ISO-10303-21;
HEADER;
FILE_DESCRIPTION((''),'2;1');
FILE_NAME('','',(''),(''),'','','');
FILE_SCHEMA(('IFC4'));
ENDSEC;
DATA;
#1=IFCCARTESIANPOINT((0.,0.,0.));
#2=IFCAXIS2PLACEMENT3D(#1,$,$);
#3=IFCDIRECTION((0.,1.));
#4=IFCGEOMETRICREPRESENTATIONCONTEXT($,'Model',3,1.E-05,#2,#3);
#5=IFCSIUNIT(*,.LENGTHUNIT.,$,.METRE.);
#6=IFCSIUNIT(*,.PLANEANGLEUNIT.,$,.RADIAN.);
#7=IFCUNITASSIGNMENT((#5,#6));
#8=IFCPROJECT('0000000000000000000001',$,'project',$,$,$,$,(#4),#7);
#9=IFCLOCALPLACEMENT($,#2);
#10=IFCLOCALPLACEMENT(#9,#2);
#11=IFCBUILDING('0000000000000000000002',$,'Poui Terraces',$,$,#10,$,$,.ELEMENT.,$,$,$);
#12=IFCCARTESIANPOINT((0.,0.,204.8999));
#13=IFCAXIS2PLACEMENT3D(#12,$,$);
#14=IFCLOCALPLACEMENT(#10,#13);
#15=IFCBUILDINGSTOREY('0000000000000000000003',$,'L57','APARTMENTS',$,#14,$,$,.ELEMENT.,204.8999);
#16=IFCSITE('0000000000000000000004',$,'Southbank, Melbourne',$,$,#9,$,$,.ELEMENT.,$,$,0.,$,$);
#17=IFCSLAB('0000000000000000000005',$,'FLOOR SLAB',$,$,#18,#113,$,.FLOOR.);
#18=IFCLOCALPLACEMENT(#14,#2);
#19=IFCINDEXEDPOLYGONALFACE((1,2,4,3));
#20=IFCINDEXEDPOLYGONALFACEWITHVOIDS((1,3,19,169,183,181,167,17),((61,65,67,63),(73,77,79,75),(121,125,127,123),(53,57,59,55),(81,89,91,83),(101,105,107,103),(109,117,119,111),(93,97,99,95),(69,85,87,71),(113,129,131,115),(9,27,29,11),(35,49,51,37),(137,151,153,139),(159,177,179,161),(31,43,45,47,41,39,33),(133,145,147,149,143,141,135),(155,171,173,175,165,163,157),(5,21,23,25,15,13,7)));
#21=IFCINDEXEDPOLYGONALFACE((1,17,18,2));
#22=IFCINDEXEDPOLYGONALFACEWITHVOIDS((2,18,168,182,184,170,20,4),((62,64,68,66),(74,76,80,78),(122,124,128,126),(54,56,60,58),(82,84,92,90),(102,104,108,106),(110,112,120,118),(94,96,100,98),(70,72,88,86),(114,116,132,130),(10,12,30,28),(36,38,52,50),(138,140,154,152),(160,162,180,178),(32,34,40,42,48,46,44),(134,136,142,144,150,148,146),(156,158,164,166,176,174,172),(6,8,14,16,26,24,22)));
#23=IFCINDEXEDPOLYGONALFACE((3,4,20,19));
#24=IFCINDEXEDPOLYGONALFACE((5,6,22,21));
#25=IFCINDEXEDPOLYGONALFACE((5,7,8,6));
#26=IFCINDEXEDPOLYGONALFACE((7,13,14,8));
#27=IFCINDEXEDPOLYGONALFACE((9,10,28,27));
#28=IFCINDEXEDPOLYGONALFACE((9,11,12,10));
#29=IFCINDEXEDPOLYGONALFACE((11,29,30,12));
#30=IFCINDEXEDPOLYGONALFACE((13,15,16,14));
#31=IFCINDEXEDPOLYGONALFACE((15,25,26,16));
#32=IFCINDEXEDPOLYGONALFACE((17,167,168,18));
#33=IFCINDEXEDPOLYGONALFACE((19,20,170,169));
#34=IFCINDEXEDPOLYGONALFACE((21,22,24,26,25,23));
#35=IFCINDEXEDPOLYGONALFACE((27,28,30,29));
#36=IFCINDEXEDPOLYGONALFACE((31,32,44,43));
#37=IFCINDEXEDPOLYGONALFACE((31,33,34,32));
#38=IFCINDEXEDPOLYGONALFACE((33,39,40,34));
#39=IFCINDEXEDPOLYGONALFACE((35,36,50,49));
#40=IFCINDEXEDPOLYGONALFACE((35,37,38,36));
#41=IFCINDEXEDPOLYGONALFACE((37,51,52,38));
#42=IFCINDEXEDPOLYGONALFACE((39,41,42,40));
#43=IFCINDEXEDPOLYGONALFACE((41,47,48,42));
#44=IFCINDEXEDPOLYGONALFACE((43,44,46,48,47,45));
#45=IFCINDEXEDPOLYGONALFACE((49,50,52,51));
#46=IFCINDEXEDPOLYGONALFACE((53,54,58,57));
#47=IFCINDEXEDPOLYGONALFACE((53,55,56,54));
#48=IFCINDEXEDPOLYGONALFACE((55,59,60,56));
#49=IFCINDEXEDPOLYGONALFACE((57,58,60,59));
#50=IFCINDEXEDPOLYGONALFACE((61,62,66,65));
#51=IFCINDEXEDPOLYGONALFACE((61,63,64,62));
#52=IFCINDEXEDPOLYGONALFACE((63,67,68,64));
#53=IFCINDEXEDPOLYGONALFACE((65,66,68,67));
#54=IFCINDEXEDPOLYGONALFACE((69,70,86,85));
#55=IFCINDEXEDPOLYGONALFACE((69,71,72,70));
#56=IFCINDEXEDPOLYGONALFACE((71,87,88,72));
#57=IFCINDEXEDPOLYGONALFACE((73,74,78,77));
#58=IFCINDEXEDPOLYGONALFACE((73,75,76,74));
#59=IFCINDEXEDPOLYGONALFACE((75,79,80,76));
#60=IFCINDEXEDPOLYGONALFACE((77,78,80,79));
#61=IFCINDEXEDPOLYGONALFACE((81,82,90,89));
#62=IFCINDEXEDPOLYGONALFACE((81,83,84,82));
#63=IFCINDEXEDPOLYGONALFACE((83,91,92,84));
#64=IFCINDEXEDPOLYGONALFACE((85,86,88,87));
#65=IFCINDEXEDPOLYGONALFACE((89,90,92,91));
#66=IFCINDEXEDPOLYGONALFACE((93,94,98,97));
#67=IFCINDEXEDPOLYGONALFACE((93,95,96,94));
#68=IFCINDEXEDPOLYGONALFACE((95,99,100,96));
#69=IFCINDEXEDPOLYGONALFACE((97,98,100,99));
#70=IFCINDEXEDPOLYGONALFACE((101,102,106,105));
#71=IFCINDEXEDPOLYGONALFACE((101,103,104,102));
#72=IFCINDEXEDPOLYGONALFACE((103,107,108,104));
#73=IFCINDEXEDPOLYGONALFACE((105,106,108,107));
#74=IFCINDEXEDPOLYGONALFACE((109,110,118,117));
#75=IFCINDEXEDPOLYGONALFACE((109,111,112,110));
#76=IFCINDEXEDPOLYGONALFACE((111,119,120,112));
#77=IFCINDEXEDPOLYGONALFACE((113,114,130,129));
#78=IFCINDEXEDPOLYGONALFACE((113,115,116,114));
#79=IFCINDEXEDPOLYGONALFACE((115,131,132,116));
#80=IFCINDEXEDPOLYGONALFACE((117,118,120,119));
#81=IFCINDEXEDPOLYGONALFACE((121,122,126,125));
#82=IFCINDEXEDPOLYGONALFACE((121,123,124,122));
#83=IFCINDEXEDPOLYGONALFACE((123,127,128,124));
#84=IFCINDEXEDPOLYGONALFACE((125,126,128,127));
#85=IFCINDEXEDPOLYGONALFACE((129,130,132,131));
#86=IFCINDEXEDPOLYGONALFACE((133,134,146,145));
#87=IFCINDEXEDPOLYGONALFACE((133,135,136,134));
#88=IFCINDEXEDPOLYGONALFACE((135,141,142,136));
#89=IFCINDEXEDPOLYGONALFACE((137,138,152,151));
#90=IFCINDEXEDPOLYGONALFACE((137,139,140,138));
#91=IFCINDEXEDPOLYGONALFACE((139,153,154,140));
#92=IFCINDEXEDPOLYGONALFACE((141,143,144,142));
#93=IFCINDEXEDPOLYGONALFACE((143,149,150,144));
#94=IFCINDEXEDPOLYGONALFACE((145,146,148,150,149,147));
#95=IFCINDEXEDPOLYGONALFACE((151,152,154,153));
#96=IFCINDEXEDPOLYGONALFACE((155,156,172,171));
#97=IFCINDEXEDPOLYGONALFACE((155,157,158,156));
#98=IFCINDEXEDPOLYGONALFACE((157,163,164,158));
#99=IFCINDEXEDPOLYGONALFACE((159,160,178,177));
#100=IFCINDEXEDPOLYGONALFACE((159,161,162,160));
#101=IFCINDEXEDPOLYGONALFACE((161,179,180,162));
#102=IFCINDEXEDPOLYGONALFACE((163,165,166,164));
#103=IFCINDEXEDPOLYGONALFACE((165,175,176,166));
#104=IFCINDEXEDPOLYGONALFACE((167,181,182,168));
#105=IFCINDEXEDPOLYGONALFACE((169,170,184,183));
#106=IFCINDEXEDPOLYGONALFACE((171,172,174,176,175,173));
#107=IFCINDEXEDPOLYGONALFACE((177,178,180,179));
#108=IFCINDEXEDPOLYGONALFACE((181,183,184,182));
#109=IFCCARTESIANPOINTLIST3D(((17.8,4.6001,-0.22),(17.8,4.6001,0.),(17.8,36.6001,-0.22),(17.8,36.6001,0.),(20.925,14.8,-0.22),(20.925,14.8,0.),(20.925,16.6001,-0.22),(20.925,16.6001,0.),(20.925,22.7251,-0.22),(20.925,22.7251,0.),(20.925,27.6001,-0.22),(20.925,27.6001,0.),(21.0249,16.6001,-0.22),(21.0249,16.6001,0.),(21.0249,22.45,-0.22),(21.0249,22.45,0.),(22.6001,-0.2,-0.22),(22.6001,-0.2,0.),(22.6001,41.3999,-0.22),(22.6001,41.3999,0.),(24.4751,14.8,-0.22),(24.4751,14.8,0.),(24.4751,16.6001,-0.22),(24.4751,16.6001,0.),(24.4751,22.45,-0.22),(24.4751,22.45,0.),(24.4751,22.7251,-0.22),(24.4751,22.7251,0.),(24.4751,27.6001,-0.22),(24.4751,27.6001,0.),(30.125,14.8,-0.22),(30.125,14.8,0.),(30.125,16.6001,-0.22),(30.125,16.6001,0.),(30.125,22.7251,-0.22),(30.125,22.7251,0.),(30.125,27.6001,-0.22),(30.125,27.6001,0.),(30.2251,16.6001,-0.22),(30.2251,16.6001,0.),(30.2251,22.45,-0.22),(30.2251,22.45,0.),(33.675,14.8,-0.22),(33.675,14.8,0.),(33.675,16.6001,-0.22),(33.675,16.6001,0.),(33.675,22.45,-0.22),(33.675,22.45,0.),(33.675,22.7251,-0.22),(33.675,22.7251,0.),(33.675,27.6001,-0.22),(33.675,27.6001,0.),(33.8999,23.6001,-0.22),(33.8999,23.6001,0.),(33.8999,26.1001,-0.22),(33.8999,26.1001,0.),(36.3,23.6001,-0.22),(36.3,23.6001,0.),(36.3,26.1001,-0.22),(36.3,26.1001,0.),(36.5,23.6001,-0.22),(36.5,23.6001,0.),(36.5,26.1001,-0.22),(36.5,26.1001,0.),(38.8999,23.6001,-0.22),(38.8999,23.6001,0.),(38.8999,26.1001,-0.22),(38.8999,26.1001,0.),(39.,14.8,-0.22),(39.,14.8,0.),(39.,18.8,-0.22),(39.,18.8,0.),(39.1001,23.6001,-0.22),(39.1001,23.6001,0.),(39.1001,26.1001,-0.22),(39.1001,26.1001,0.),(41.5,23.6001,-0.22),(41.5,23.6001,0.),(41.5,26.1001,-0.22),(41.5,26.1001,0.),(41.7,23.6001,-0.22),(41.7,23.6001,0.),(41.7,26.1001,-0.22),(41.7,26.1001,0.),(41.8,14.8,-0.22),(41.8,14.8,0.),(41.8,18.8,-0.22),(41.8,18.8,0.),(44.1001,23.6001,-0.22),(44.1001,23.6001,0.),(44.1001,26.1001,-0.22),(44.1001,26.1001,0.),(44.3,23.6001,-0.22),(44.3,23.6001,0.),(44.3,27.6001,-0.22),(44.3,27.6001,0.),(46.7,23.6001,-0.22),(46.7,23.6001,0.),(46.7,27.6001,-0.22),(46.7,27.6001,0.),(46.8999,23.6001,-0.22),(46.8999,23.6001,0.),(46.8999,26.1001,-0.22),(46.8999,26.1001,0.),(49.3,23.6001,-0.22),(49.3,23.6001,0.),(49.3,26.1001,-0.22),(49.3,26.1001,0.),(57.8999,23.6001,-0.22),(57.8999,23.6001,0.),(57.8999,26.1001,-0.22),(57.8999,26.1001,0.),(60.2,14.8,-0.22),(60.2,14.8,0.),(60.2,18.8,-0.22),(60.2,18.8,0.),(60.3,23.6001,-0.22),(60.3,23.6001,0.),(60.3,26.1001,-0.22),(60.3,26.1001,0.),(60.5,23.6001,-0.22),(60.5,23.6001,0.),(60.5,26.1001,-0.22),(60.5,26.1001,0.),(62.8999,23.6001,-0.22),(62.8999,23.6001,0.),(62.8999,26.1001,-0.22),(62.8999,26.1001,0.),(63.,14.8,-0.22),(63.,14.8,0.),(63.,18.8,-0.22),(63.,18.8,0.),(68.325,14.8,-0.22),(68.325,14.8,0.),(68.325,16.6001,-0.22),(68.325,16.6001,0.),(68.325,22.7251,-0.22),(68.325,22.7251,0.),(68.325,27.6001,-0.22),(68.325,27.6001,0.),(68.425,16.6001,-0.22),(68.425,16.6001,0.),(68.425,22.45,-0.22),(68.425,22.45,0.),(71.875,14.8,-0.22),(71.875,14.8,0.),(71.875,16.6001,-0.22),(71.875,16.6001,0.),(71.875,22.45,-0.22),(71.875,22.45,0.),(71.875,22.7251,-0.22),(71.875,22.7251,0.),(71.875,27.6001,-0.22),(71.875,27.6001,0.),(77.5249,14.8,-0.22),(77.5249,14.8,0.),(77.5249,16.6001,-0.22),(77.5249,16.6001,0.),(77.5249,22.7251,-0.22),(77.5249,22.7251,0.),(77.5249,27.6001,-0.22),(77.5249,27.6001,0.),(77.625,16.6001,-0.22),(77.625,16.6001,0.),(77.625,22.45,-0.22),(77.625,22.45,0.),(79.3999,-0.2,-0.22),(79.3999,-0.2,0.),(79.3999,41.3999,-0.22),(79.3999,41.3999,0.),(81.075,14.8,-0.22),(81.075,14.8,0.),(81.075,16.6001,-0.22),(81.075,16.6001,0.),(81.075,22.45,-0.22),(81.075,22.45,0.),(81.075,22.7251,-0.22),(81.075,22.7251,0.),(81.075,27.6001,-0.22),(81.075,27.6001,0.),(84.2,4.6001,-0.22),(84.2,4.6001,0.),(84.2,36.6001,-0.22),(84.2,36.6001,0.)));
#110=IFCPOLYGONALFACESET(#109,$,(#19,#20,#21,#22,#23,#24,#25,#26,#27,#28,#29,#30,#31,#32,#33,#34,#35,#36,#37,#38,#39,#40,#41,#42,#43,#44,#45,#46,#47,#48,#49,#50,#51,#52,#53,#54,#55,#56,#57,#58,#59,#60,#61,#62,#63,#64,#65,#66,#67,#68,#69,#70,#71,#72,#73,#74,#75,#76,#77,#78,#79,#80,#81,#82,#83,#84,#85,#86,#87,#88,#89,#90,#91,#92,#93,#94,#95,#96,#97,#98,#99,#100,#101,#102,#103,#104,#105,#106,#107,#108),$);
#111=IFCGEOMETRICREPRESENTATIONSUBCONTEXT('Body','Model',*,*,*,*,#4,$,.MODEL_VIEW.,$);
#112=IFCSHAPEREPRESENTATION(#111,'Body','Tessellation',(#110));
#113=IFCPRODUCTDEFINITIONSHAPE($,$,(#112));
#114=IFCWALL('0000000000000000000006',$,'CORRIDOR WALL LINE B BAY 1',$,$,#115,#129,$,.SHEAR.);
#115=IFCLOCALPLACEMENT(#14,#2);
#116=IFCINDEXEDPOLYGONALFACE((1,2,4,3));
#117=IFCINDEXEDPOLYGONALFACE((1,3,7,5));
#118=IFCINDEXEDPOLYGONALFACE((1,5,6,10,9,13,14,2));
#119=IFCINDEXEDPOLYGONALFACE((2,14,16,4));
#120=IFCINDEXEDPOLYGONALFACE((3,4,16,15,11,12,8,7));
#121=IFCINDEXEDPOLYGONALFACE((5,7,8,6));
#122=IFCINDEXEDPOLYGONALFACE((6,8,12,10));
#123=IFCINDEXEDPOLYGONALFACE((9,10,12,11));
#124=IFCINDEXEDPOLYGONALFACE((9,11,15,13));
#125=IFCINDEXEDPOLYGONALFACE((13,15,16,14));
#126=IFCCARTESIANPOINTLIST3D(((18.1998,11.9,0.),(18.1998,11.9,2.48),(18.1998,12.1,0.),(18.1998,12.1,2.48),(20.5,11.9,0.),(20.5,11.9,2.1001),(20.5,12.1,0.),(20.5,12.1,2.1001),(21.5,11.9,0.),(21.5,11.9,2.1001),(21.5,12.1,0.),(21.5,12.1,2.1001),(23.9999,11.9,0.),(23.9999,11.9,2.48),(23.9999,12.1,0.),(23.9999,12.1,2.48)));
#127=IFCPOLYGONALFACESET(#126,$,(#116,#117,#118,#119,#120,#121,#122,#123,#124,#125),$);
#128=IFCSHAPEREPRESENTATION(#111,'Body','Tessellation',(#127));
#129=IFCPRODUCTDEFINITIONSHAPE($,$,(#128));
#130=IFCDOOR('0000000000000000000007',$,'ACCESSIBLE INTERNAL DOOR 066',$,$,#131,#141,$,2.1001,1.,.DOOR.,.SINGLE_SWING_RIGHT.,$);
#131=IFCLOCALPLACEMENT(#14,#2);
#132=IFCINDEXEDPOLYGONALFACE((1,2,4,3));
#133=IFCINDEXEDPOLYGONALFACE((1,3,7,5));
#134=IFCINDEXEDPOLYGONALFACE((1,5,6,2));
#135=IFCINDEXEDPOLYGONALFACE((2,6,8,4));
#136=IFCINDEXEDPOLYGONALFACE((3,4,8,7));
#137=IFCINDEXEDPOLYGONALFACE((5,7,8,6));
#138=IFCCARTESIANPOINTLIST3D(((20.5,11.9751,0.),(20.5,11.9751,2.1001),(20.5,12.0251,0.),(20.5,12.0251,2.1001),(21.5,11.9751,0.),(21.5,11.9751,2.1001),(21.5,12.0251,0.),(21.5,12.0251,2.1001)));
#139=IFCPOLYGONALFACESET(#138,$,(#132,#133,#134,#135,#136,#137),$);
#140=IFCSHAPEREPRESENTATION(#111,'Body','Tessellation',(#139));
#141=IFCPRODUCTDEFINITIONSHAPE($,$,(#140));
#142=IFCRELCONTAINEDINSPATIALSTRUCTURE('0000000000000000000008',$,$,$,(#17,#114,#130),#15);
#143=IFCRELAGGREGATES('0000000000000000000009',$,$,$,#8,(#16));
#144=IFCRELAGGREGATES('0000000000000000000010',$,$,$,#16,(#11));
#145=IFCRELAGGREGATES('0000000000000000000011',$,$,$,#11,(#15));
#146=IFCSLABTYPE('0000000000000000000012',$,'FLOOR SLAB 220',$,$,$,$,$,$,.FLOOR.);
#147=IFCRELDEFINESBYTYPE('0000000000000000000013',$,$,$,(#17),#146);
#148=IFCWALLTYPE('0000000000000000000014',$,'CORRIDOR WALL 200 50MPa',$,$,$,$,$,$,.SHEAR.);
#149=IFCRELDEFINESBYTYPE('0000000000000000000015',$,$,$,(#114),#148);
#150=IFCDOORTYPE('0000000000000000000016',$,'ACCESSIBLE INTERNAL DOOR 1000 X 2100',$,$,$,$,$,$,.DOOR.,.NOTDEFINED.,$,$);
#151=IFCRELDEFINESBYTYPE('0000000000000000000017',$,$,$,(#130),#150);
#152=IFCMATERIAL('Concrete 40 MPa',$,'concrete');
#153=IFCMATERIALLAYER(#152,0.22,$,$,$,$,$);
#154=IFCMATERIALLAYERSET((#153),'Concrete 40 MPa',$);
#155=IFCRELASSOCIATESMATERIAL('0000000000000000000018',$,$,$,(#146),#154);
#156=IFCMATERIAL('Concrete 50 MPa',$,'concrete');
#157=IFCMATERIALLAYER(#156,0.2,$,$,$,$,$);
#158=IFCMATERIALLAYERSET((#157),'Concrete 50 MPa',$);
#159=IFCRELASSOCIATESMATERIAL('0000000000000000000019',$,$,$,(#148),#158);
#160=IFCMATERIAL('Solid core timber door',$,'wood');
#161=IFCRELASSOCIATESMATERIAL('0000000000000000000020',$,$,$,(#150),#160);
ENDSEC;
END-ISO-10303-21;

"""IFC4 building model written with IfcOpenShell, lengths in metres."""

from ifc_helpers import new_model, si_unit, direction, frame, frame_2d, origin, place, context, subcontext, project, spatial, polyline, rectangle, outline, extrude, source, transform, mapped, material, layer, layer_set, type_object, element, fill, save


model = new_model("IFC4")

# Units and contexts
model_context = context("Model", 3, precision=1e-05, world=origin(), true_north=direction((0.0, 1.0)))
body_context = subcontext(model_context, "Body", "Model", "MODEL_VIEW")
ifc_project = project(units=[si_unit("LENGTHUNIT", "METRE"), si_unit("PLANEANGLEUNIT", "RADIAN")], contexts=[model_context])

# Site, building, storey
site_placement = place(None, origin())
site = spatial("IfcSite", under=ifc_project, at=site_placement, Name="Southbank, Melbourne", CompositionType="ELEMENT", RefElevation=0.0)
building_placement = place(site_placement, origin())
building = spatial("IfcBuilding", under=site, at=building_placement, Name="Poui Terraces", CompositionType="ELEMENT")
storey_placement = place(building_placement, frame((0.0, 0.0, 204.8999)))
storey = spatial("IfcBuildingStorey", under=building, at=storey_placement, Name="L57", Description="APARTMENTS", CompositionType="ELEMENT", Elevation=204.8999)

# Shared definitions
ifc_material_1 = material(Name="Concrete 50 MPa", Category="concrete")

# Slab
ifc_material_2 = material(Name="Concrete 40 MPa", Category="concrete")
ifc_layer_1 = layer(ifc_material_2, 0.22)
ifc_layer_set_1 = layer_set([ifc_layer_1], Name="Concrete 40 MPa")
slab_type_1 = type_object("IfcSlabType", Name="FLOOR SLAB 220", PredefinedType="FLOOR", material=ifc_layer_set_1)
shared_shape_1 = source(origin(), body_context, "Body", "SweptSolid", [
    extrude(outline(polyline([(0.0, 0.0), (4.8, -4.8), (61.5999, -4.8), (66.3999, 0.0), (66.3999, 32.0), (61.5999, 36.7998), (4.8, 36.7998), (0.0, 32.0), (0.0, 0.0)]), holes=[polyline([(21.2, 10.2), (21.2, 14.2), (24.0, 14.2), (24.0, 10.2), (21.2, 10.2)]), polyline([(3.2249, 17.8499), (6.675, 17.8499), (6.675, 12.0), (6.675, 10.2), (3.125, 10.2), (3.125, 12.0), (3.2249, 12.0), (3.2249, 17.8499)]), polyline([(12.425, 17.8499), (15.875, 17.8499), (15.875, 12.0), (15.875, 10.2), (12.325, 10.2), (12.325, 12.0), (12.425, 12.0), (12.425, 17.8499)]), polyline([(16.0999, 19.0), (16.0999, 21.5), (18.5, 21.5), (18.5, 19.0), (16.0999, 19.0)]), polyline([(18.7, 19.0), (18.7, 21.5), (21.0999, 21.5), (21.0999, 19.0), (18.7, 19.0)]), polyline([(21.3, 19.0), (21.3, 21.5), (23.7, 21.5), (23.7, 19.0), (21.3, 19.0)]), polyline([(23.8999, 19.0), (23.8999, 21.5), (26.3, 21.5), (26.3, 19.0), (23.8999, 19.0)]), polyline([(3.125, 23.0), (6.675, 23.0), (6.675, 18.125), (3.125, 18.125), (3.125, 23.0)]), polyline([(12.325, 23.0), (15.875, 23.0), (15.875, 18.125), (12.325, 18.125), (12.325, 23.0)]), polyline([(42.3999, 10.2), (42.3999, 14.2), (45.2, 14.2), (45.2, 10.2), (42.3999, 10.2)]), polyline([(50.625, 17.8499), (54.075, 17.8499), (54.075, 12.0), (54.075, 10.2), (50.5249, 10.2), (50.5249, 12.0), (50.625, 12.0), (50.625, 17.8499)]), polyline([(59.825, 17.8499), (63.2749, 17.8499), (63.2749, 12.0), (63.2749, 10.2), (59.7249, 10.2), (59.7249, 12.0), (59.825, 12.0), (59.825, 17.8499)]), polyline([(29.0999, 19.0), (29.0999, 21.5), (31.5, 21.5), (31.5, 19.0), (29.0999, 19.0)]), polyline([(40.0999, 19.0), (40.0999, 21.5), (42.5, 21.5), (42.5, 19.0), (40.0999, 19.0)]), polyline([(42.7, 19.0), (42.7, 21.5), (45.0999, 21.5), (45.0999, 19.0), (42.7, 19.0)]), polyline([(50.5249, 18.125), (50.5249, 23.0), (54.075, 23.0), (54.075, 18.125), (50.5249, 18.125)]), polyline([(59.7249, 23.0), (63.2749, 23.0), (63.2749, 18.125), (59.7249, 18.125), (59.7249, 23.0)]), polyline([(26.5, 23.0), (28.8999, 23.0), (28.8999, 19.0), (26.5, 19.0), (26.5, 23.0)])]), origin(), (0.0, 0.0, 1.0), 0.22),
])
slab_1_placement = place(storey_placement, frame((17.8, 4.6001, -0.22)))
element("IfcSlab", 1, at=slab_1_placement, inside=storey, type_object=slab_type_1, Name="FLOOR SLAB", PredefinedType="FLOOR", context=body_context, shape_type="MappedRepresentation", body=[
    mapped(shared_shape_1, transform((0.0, 0.0, 0.0))),
])

# Wall, opening, door
ifc_layer_2 = layer(ifc_material_1, 0.2)
ifc_layer_set_2 = layer_set([ifc_layer_2], Name="Concrete 50 MPa")
wall_type_1 = type_object("IfcWallType", Name="CORRIDOR WALL 200 50MPa", PredefinedType="SHEAR", material=ifc_layer_set_2)
wall_1_placement = place(storey_placement, frame((18.2, 12.0, 0.0), z_axis=(0.0, 0.0, 1.0), x_axis=(1.0, 0.0, 0.0)))
wall_1 = element("IfcWall", 2, at=wall_1_placement, inside=storey, type_object=wall_type_1, Name="CORRIDOR WALL LINE B BAY 1", PredefinedType="SHEAR", context=body_context, shape_type="SweptSolid", body=[
    extrude(rectangle(XDim=5.8, YDim=0.2, at=frame_2d((2.8999, 0.0))), origin(), (0.0, 0.0, 1.0), 2.48),
])
opening_1_placement = place(wall_1_placement, frame((2.3, 0.0, 0.0)))
opening_1 = element("IfcOpeningElement", 3, at=opening_1_placement, cuts=wall_1, PredefinedType="OPENING", context=body_context, shape_type="SweptSolid", body=[
    extrude(rectangle(XDim=1.0, YDim=2.1001, at=frame_2d((0.5, 1.05))), frame((0.0, 0.1099, 0.0), z_axis=(0.0, -1.0, 0.0), x_axis=(1.0, 0.0, 0.0)), (0.0, 0.0, 1.0), 0.22),
])
ifc_material_3 = material(Name="Solid core timber door", Category="wood")
door_type = type_object("IfcDoorType", Name="ACCESSIBLE INTERNAL DOOR 1000 X 2100", OperationType="NOTDEFINED", PredefinedType="DOOR", material=ifc_material_3)
door_placement = place(opening_1_placement, frame((1.0, 0.0, 0.0), z_axis=(0.0, 0.0, 1.0), x_axis=(-1.0, 0.0, 0.0)))
door = element("IfcDoor", 4, at=door_placement, inside=storey, type_object=door_type, Name="ACCESSIBLE INTERNAL DOOR 066", OperationType="SINGLE_SWING_RIGHT", OverallHeight=2.1001, OverallWidth=1.0, PredefinedType="DOOR", context=body_context, shape_type="SweptSolid", body=[
    extrude(rectangle(XDim=1.0, YDim=2.1001, at=frame_2d((0.5, 1.05))), frame((0.0, 0.0249, 0.0), z_axis=(0.0, -1.0, 0.0), x_axis=(1.0, 0.0, 0.0)), (0.0, 0.0, 1.0), 0.05),
])
fill(opening_1, door)

save(model, "model.ifc")
